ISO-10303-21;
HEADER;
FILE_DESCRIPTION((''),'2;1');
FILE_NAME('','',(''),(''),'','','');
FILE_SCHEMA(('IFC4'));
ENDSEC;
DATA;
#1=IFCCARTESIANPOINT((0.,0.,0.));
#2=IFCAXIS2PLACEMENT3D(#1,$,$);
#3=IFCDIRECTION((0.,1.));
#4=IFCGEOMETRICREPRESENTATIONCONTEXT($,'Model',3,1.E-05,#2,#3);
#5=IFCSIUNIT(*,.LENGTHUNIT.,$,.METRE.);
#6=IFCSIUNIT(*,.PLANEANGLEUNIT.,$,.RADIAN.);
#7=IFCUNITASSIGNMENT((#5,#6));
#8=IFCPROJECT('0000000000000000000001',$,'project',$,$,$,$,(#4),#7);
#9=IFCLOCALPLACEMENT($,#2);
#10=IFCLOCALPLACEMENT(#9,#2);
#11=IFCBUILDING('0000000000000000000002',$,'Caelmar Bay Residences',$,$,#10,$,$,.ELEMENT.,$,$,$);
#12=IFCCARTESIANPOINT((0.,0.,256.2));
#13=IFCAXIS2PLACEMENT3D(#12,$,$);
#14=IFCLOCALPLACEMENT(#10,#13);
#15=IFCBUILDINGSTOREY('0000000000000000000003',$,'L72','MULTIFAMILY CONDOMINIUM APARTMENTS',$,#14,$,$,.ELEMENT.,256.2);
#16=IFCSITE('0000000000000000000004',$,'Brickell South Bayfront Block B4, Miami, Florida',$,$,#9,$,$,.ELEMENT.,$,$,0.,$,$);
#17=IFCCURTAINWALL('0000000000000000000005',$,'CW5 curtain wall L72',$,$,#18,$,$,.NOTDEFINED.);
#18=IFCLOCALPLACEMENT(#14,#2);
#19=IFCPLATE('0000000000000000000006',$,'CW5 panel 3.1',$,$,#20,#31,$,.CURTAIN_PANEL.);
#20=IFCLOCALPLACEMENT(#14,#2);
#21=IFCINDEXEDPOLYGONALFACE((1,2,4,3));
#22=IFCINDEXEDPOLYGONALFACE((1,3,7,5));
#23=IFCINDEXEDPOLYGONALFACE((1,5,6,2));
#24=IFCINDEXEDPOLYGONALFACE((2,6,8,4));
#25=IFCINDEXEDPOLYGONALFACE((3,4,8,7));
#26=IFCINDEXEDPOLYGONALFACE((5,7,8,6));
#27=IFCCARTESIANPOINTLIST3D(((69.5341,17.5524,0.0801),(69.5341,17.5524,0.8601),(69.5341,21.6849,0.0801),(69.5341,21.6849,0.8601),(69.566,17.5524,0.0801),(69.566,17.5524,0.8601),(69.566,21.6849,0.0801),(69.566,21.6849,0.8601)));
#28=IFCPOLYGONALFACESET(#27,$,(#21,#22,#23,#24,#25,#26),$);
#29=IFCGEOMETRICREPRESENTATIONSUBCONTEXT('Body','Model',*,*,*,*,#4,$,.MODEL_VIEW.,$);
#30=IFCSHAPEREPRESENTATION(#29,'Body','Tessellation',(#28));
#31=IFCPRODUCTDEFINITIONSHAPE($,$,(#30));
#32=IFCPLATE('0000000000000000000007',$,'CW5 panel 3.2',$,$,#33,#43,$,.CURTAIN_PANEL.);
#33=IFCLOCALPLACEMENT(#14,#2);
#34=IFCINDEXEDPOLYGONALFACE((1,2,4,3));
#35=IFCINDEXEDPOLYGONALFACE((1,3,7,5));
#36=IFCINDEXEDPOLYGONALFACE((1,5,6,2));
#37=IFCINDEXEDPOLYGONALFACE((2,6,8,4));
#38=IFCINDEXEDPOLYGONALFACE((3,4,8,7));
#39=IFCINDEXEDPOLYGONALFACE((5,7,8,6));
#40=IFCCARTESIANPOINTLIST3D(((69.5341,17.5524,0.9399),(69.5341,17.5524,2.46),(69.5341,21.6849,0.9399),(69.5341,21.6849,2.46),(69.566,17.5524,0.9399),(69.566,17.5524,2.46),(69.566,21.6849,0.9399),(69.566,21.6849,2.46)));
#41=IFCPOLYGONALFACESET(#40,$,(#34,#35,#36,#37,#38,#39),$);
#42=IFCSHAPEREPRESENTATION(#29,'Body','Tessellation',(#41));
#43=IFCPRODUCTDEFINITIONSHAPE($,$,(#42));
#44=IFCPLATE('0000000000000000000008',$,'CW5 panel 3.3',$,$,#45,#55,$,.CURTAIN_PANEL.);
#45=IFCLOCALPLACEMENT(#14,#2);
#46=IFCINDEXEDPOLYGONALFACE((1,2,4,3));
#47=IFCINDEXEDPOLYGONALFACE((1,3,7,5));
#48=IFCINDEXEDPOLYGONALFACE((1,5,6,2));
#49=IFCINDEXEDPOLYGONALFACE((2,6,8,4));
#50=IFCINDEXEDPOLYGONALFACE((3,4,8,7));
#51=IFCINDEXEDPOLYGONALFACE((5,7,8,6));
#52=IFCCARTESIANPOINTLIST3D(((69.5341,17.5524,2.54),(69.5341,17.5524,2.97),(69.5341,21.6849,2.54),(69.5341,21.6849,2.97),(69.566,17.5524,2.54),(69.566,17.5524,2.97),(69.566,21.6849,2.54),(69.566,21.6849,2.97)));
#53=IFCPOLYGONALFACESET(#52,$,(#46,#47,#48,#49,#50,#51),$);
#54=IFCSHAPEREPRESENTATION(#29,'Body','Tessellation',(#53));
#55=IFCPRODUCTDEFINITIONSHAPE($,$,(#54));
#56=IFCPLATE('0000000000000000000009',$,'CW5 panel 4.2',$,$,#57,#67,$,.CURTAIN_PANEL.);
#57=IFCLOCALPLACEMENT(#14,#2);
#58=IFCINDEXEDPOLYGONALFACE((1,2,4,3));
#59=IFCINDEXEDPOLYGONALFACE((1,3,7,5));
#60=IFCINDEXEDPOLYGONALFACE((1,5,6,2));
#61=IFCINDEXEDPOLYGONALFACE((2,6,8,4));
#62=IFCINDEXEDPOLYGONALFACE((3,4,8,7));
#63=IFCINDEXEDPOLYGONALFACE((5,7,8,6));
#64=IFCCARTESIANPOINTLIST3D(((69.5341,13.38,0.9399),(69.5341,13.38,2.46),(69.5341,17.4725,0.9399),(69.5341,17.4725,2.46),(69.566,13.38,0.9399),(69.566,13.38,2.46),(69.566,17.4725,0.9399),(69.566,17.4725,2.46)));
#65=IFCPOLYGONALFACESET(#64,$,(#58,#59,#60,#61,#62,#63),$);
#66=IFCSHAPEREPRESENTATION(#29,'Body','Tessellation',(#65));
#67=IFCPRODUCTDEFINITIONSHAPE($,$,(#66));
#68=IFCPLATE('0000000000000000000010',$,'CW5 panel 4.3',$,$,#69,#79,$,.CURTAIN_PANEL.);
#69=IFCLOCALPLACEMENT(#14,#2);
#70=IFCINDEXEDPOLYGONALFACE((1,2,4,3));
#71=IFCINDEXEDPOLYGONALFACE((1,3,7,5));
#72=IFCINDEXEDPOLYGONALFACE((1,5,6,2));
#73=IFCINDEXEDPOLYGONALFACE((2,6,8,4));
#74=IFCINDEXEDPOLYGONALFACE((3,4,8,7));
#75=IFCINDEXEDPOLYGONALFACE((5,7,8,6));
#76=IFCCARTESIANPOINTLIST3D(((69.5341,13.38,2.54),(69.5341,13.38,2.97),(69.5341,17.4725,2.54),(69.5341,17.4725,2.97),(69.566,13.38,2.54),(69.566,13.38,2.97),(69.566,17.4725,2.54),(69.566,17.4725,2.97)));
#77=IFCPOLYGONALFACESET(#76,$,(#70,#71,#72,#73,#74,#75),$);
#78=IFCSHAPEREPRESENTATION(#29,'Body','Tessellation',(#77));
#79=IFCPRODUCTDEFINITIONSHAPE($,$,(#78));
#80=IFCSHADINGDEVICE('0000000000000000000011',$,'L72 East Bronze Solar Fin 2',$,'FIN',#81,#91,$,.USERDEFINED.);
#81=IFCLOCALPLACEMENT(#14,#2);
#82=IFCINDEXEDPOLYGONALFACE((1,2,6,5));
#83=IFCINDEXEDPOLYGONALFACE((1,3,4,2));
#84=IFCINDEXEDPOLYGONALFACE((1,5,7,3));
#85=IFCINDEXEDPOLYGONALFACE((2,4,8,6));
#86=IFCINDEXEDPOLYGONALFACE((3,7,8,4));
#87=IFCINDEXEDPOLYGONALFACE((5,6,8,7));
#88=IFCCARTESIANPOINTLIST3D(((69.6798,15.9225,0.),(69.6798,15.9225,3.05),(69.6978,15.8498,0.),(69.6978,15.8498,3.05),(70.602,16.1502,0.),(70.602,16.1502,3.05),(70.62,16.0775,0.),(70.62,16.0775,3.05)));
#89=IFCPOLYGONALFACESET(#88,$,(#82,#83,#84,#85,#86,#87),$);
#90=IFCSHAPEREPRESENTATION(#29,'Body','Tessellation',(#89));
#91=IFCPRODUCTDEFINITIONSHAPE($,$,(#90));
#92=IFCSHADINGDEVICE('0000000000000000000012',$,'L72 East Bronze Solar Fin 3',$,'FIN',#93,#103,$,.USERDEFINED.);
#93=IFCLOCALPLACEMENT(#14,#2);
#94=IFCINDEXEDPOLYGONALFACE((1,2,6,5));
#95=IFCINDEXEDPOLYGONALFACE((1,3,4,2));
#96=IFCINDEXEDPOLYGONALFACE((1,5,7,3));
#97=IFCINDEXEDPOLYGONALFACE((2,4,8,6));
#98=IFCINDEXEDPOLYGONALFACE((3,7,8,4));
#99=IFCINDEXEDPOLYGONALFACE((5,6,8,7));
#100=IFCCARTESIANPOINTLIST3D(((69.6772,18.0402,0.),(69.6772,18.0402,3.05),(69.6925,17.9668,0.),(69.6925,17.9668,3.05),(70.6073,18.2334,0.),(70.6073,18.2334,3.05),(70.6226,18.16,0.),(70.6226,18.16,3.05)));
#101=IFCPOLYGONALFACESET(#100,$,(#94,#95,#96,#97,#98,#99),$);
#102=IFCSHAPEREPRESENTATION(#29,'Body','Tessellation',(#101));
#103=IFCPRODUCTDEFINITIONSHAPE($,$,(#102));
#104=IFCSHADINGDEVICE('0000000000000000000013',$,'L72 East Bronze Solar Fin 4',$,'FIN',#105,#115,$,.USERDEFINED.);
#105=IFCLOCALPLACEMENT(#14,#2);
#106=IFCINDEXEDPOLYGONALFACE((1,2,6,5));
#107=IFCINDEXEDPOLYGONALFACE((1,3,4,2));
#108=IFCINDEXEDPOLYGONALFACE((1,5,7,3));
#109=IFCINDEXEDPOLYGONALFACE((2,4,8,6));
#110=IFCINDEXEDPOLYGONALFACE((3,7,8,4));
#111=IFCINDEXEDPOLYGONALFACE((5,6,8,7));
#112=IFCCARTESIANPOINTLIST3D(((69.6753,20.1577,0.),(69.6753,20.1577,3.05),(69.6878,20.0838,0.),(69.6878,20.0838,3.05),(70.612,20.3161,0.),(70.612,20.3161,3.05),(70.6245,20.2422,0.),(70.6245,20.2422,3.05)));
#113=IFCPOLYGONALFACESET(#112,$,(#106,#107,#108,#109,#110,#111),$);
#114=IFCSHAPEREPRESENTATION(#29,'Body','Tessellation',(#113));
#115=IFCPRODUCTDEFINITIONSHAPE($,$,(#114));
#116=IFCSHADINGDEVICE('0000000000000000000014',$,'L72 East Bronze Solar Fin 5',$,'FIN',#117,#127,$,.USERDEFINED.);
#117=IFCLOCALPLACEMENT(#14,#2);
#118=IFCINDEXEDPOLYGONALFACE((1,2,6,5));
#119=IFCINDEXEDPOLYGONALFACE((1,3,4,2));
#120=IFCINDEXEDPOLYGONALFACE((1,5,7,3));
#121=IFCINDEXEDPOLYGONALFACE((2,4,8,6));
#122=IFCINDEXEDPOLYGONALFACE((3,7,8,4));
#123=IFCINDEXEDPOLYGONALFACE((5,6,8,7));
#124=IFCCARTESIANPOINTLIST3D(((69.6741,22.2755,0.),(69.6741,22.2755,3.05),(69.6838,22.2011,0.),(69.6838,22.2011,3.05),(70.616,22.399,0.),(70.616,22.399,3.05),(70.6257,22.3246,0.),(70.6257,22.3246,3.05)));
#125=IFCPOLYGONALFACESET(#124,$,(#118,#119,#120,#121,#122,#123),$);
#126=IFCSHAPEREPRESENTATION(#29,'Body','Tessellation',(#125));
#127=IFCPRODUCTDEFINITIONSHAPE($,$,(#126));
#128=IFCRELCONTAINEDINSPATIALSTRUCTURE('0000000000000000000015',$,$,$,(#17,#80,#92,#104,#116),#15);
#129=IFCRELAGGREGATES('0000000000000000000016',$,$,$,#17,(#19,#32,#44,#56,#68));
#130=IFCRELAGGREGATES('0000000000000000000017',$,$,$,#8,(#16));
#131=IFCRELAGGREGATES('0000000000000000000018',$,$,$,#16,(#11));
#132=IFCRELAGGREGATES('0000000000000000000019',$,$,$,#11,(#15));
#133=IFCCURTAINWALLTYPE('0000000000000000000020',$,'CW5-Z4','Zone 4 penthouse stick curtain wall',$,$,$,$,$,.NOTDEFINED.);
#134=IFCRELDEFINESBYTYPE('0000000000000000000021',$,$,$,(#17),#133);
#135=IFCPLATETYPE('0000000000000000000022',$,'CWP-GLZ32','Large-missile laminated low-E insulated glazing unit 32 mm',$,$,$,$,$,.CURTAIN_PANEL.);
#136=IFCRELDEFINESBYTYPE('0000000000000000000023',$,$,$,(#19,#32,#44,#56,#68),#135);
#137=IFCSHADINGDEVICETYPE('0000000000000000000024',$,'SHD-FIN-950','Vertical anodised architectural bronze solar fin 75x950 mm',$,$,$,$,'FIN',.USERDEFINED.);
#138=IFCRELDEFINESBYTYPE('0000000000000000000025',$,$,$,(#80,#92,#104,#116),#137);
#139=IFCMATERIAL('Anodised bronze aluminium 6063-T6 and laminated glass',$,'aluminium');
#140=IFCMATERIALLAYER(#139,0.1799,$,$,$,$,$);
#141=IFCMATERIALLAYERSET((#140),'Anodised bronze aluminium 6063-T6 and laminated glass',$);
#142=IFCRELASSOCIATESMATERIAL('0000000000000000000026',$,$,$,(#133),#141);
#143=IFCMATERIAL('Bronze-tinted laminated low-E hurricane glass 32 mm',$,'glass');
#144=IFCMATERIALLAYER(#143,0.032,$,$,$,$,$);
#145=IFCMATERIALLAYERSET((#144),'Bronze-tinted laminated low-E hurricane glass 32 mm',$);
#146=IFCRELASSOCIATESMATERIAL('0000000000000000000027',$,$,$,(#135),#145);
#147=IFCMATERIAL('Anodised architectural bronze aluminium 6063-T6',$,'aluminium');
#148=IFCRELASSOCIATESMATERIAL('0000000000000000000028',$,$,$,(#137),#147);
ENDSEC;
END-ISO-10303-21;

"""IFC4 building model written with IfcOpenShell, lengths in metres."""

from ifc_helpers import new_model, si_unit, direction, frame, origin, origin_2d, place, context, subcontext, project, spatial, rectangle, extrude, material, layer, layer_set, material_profile, profile_set, type_object, element, aggregate, save


model = new_model("IFC4")

# Units and contexts
model_context = context("Model", 3, precision=1e-05, world=origin(), true_north=direction((0.0, 1.0)))
body_context = subcontext(model_context, "Body", "Model", "MODEL_VIEW")
ifc_project = project(units=[si_unit("LENGTHUNIT", "METRE"), si_unit("PLANEANGLEUNIT", "RADIAN")], contexts=[model_context])

# Site, building, storey
site_placement = place(None, origin())
site = spatial("IfcSite", under=ifc_project, at=site_placement, Name="Brickell South Bayfront Block B4, Miami, Florida", CompositionType="ELEMENT", RefElevation=0.0)
building_placement = place(site_placement, origin())
building = spatial("IfcBuilding", under=site, at=building_placement, Name="Caelmar Bay Residences", CompositionType="ELEMENT")
storey_placement = place(building_placement, frame((0.0, 0.0, 256.2)))
storey = spatial("IfcBuildingStorey", under=building, at=storey_placement, Name="L72", Description="MULTIFAMILY CONDOMINIUM APARTMENTS", CompositionType="ELEMENT", Elevation=256.2)

# Curtain wall, plates
ifc_material_1 = material(Name="Anodised bronze aluminium 6063-T6 and laminated glass", Category="aluminium")
ifc_layer_1 = layer(ifc_material_1, 0.1799)
ifc_layer_set_1 = layer_set([ifc_layer_1], Name="Anodised bronze aluminium 6063-T6 and laminated glass")
curtain_wall_type = type_object("IfcCurtainWallType", Name="CW5-Z4", Description="Zone 4 penthouse stick curtain wall", PredefinedType="NOTDEFINED", material=ifc_layer_set_1)
curtain_wall_placement = place(storey_placement, origin())
curtain_wall = element("IfcCurtainWall", 1, at=curtain_wall_placement, inside=storey, type_object=curtain_wall_type, Name="CW5 curtain wall L72", PredefinedType="NOTDEFINED")
ifc_material_2 = material(Name="Bronze-tinted laminated low-E hurricane glass 32 mm", Category="glass")
ifc_layer_2 = layer(ifc_material_2, 0.032)
ifc_layer_set_2 = layer_set([ifc_layer_2], Name="Bronze-tinted laminated low-E hurricane glass 32 mm")
plate_type = type_object("IfcPlateType", Name="CWP-GLZ32", Description="Large-missile laminated low-E insulated glazing unit 32 mm", PredefinedType="CURTAIN_PANEL", material=ifc_layer_set_2)
plate_1_placement = place(storey_placement, frame((69.55, 19.6187, 0.0801), z_axis=(0.0, 0.0, 1.0), x_axis=(0.0, -1.0, 0.0)))
plate_1 = element("IfcPlate", 2, at=plate_1_placement, type_object=plate_type, Name="CW5 panel 3.1", PredefinedType="CURTAIN_PANEL", context=body_context, shape_type="SweptSolid", body=[
    extrude(rectangle(XDim=4.1326, YDim=0.032, at=origin_2d()), origin(), (0.0, 0.0, 1.0), 0.78),
])
plate_2_placement = place(storey_placement, frame((69.55, 19.6187, 0.9399), z_axis=(0.0, 0.0, 1.0), x_axis=(0.0, -1.0, 0.0)))
plate_2 = element("IfcPlate", 3, at=plate_2_placement, type_object=plate_type, Name="CW5 panel 3.2", PredefinedType="CURTAIN_PANEL", context=body_context, shape_type="SweptSolid", body=[
    extrude(rectangle(XDim=4.1326, YDim=0.032, at=origin_2d()), origin(), (0.0, 0.0, 1.0), 1.52),
])
plate_3_placement = place(storey_placement, frame((69.55, 19.6187, 2.54), z_axis=(0.0, 0.0, 1.0), x_axis=(0.0, -1.0, 0.0)))
plate_3 = element("IfcPlate", 4, at=plate_3_placement, type_object=plate_type, Name="CW5 panel 3.3", PredefinedType="CURTAIN_PANEL", context=body_context, shape_type="SweptSolid", body=[
    extrude(rectangle(XDim=4.1326, YDim=0.032, at=origin_2d()), origin(), (0.0, 0.0, 1.0), 0.4299),
])
plate_4_placement = place(storey_placement, frame((69.55, 15.4263, 0.9399), z_axis=(0.0, 0.0, 1.0), x_axis=(0.0, -1.0, 0.0)))
plate_4 = element("IfcPlate", 5, at=plate_4_placement, type_object=plate_type, Name="CW5 panel 4.2", PredefinedType="CURTAIN_PANEL", context=body_context, shape_type="SweptSolid", body=[
    extrude(rectangle(XDim=4.0925, YDim=0.032, at=origin_2d()), origin(), (0.0, 0.0, 1.0), 1.52),
])
plate_5_placement = place(storey_placement, frame((69.55, 15.4263, 2.54), z_axis=(0.0, 0.0, 1.0), x_axis=(0.0, -1.0, 0.0)))
plate_5 = element("IfcPlate", 6, at=plate_5_placement, type_object=plate_type, Name="CW5 panel 4.3", PredefinedType="CURTAIN_PANEL", context=body_context, shape_type="SweptSolid", body=[
    extrude(rectangle(XDim=4.0925, YDim=0.032, at=origin_2d()), origin(), (0.0, 0.0, 1.0), 0.4299),
])
aggregate(curtain_wall, [plate_1, plate_2, plate_3, plate_4, plate_5])

# Shading devices
ifc_material_3 = material(Name="Anodised architectural bronze aluminium 6063-T6", Category="aluminium")
ifc_material_profile_1 = material_profile(ifc_material_3, rectangle(XDim=0.075, YDim=0.95, at=origin_2d()), Name="BRONZE-FIN-75X950")
ifc_profile_set_1 = profile_set([ifc_material_profile_1], Name="Anodised architectural bronze aluminium 6063-T6")
shading_device_type = type_object("IfcShadingDeviceType", Name="SHD-FIN-950", Description="Vertical anodised architectural bronze solar fin 75x950 mm", ElementType="FIN", PredefinedType="USERDEFINED", material=ifc_profile_set_1)
for number, where, z_axis, x_axis, name in (
    (7, (70.1499, 16.0, 0.0), (0.0, 0.0, 1.0), (-0.23972, 0.970842, 0.0), "L72 East Bronze Solar Fin 2"),
    (8, (70.1499, 18.1001, 0.0), (0.0, 0.0, 1.0), (-0.2033, 0.979116, 0.0), "L72 East Bronze Solar Fin 3"),
    (9, (70.1499, 20.2, 0.0), (0.0, 0.0, 1.0), (-0.166769, 0.985996, 0.0), "L72 East Bronze Solar Fin 4"),
    (10, (70.1499, 22.3, 0.0), (0.0, 0.0, 1.0), (-0.130007, 0.991513, 0.0), "L72 East Bronze Solar Fin 5"),
):
    element("IfcShadingDevice", number, at=place(storey_placement, frame(where, z_axis=z_axis, x_axis=x_axis)), inside=storey, type_object=shading_device_type, Name=name, ObjectType="FIN", PredefinedType="USERDEFINED", context=body_context, shape_type="SweptSolid", body=[
        extrude(rectangle(XDim=0.075, YDim=0.95, at=origin_2d()), origin(), (0.0, 0.0, 1.0), 3.05),
    ])

save(model, "model.ifc")
